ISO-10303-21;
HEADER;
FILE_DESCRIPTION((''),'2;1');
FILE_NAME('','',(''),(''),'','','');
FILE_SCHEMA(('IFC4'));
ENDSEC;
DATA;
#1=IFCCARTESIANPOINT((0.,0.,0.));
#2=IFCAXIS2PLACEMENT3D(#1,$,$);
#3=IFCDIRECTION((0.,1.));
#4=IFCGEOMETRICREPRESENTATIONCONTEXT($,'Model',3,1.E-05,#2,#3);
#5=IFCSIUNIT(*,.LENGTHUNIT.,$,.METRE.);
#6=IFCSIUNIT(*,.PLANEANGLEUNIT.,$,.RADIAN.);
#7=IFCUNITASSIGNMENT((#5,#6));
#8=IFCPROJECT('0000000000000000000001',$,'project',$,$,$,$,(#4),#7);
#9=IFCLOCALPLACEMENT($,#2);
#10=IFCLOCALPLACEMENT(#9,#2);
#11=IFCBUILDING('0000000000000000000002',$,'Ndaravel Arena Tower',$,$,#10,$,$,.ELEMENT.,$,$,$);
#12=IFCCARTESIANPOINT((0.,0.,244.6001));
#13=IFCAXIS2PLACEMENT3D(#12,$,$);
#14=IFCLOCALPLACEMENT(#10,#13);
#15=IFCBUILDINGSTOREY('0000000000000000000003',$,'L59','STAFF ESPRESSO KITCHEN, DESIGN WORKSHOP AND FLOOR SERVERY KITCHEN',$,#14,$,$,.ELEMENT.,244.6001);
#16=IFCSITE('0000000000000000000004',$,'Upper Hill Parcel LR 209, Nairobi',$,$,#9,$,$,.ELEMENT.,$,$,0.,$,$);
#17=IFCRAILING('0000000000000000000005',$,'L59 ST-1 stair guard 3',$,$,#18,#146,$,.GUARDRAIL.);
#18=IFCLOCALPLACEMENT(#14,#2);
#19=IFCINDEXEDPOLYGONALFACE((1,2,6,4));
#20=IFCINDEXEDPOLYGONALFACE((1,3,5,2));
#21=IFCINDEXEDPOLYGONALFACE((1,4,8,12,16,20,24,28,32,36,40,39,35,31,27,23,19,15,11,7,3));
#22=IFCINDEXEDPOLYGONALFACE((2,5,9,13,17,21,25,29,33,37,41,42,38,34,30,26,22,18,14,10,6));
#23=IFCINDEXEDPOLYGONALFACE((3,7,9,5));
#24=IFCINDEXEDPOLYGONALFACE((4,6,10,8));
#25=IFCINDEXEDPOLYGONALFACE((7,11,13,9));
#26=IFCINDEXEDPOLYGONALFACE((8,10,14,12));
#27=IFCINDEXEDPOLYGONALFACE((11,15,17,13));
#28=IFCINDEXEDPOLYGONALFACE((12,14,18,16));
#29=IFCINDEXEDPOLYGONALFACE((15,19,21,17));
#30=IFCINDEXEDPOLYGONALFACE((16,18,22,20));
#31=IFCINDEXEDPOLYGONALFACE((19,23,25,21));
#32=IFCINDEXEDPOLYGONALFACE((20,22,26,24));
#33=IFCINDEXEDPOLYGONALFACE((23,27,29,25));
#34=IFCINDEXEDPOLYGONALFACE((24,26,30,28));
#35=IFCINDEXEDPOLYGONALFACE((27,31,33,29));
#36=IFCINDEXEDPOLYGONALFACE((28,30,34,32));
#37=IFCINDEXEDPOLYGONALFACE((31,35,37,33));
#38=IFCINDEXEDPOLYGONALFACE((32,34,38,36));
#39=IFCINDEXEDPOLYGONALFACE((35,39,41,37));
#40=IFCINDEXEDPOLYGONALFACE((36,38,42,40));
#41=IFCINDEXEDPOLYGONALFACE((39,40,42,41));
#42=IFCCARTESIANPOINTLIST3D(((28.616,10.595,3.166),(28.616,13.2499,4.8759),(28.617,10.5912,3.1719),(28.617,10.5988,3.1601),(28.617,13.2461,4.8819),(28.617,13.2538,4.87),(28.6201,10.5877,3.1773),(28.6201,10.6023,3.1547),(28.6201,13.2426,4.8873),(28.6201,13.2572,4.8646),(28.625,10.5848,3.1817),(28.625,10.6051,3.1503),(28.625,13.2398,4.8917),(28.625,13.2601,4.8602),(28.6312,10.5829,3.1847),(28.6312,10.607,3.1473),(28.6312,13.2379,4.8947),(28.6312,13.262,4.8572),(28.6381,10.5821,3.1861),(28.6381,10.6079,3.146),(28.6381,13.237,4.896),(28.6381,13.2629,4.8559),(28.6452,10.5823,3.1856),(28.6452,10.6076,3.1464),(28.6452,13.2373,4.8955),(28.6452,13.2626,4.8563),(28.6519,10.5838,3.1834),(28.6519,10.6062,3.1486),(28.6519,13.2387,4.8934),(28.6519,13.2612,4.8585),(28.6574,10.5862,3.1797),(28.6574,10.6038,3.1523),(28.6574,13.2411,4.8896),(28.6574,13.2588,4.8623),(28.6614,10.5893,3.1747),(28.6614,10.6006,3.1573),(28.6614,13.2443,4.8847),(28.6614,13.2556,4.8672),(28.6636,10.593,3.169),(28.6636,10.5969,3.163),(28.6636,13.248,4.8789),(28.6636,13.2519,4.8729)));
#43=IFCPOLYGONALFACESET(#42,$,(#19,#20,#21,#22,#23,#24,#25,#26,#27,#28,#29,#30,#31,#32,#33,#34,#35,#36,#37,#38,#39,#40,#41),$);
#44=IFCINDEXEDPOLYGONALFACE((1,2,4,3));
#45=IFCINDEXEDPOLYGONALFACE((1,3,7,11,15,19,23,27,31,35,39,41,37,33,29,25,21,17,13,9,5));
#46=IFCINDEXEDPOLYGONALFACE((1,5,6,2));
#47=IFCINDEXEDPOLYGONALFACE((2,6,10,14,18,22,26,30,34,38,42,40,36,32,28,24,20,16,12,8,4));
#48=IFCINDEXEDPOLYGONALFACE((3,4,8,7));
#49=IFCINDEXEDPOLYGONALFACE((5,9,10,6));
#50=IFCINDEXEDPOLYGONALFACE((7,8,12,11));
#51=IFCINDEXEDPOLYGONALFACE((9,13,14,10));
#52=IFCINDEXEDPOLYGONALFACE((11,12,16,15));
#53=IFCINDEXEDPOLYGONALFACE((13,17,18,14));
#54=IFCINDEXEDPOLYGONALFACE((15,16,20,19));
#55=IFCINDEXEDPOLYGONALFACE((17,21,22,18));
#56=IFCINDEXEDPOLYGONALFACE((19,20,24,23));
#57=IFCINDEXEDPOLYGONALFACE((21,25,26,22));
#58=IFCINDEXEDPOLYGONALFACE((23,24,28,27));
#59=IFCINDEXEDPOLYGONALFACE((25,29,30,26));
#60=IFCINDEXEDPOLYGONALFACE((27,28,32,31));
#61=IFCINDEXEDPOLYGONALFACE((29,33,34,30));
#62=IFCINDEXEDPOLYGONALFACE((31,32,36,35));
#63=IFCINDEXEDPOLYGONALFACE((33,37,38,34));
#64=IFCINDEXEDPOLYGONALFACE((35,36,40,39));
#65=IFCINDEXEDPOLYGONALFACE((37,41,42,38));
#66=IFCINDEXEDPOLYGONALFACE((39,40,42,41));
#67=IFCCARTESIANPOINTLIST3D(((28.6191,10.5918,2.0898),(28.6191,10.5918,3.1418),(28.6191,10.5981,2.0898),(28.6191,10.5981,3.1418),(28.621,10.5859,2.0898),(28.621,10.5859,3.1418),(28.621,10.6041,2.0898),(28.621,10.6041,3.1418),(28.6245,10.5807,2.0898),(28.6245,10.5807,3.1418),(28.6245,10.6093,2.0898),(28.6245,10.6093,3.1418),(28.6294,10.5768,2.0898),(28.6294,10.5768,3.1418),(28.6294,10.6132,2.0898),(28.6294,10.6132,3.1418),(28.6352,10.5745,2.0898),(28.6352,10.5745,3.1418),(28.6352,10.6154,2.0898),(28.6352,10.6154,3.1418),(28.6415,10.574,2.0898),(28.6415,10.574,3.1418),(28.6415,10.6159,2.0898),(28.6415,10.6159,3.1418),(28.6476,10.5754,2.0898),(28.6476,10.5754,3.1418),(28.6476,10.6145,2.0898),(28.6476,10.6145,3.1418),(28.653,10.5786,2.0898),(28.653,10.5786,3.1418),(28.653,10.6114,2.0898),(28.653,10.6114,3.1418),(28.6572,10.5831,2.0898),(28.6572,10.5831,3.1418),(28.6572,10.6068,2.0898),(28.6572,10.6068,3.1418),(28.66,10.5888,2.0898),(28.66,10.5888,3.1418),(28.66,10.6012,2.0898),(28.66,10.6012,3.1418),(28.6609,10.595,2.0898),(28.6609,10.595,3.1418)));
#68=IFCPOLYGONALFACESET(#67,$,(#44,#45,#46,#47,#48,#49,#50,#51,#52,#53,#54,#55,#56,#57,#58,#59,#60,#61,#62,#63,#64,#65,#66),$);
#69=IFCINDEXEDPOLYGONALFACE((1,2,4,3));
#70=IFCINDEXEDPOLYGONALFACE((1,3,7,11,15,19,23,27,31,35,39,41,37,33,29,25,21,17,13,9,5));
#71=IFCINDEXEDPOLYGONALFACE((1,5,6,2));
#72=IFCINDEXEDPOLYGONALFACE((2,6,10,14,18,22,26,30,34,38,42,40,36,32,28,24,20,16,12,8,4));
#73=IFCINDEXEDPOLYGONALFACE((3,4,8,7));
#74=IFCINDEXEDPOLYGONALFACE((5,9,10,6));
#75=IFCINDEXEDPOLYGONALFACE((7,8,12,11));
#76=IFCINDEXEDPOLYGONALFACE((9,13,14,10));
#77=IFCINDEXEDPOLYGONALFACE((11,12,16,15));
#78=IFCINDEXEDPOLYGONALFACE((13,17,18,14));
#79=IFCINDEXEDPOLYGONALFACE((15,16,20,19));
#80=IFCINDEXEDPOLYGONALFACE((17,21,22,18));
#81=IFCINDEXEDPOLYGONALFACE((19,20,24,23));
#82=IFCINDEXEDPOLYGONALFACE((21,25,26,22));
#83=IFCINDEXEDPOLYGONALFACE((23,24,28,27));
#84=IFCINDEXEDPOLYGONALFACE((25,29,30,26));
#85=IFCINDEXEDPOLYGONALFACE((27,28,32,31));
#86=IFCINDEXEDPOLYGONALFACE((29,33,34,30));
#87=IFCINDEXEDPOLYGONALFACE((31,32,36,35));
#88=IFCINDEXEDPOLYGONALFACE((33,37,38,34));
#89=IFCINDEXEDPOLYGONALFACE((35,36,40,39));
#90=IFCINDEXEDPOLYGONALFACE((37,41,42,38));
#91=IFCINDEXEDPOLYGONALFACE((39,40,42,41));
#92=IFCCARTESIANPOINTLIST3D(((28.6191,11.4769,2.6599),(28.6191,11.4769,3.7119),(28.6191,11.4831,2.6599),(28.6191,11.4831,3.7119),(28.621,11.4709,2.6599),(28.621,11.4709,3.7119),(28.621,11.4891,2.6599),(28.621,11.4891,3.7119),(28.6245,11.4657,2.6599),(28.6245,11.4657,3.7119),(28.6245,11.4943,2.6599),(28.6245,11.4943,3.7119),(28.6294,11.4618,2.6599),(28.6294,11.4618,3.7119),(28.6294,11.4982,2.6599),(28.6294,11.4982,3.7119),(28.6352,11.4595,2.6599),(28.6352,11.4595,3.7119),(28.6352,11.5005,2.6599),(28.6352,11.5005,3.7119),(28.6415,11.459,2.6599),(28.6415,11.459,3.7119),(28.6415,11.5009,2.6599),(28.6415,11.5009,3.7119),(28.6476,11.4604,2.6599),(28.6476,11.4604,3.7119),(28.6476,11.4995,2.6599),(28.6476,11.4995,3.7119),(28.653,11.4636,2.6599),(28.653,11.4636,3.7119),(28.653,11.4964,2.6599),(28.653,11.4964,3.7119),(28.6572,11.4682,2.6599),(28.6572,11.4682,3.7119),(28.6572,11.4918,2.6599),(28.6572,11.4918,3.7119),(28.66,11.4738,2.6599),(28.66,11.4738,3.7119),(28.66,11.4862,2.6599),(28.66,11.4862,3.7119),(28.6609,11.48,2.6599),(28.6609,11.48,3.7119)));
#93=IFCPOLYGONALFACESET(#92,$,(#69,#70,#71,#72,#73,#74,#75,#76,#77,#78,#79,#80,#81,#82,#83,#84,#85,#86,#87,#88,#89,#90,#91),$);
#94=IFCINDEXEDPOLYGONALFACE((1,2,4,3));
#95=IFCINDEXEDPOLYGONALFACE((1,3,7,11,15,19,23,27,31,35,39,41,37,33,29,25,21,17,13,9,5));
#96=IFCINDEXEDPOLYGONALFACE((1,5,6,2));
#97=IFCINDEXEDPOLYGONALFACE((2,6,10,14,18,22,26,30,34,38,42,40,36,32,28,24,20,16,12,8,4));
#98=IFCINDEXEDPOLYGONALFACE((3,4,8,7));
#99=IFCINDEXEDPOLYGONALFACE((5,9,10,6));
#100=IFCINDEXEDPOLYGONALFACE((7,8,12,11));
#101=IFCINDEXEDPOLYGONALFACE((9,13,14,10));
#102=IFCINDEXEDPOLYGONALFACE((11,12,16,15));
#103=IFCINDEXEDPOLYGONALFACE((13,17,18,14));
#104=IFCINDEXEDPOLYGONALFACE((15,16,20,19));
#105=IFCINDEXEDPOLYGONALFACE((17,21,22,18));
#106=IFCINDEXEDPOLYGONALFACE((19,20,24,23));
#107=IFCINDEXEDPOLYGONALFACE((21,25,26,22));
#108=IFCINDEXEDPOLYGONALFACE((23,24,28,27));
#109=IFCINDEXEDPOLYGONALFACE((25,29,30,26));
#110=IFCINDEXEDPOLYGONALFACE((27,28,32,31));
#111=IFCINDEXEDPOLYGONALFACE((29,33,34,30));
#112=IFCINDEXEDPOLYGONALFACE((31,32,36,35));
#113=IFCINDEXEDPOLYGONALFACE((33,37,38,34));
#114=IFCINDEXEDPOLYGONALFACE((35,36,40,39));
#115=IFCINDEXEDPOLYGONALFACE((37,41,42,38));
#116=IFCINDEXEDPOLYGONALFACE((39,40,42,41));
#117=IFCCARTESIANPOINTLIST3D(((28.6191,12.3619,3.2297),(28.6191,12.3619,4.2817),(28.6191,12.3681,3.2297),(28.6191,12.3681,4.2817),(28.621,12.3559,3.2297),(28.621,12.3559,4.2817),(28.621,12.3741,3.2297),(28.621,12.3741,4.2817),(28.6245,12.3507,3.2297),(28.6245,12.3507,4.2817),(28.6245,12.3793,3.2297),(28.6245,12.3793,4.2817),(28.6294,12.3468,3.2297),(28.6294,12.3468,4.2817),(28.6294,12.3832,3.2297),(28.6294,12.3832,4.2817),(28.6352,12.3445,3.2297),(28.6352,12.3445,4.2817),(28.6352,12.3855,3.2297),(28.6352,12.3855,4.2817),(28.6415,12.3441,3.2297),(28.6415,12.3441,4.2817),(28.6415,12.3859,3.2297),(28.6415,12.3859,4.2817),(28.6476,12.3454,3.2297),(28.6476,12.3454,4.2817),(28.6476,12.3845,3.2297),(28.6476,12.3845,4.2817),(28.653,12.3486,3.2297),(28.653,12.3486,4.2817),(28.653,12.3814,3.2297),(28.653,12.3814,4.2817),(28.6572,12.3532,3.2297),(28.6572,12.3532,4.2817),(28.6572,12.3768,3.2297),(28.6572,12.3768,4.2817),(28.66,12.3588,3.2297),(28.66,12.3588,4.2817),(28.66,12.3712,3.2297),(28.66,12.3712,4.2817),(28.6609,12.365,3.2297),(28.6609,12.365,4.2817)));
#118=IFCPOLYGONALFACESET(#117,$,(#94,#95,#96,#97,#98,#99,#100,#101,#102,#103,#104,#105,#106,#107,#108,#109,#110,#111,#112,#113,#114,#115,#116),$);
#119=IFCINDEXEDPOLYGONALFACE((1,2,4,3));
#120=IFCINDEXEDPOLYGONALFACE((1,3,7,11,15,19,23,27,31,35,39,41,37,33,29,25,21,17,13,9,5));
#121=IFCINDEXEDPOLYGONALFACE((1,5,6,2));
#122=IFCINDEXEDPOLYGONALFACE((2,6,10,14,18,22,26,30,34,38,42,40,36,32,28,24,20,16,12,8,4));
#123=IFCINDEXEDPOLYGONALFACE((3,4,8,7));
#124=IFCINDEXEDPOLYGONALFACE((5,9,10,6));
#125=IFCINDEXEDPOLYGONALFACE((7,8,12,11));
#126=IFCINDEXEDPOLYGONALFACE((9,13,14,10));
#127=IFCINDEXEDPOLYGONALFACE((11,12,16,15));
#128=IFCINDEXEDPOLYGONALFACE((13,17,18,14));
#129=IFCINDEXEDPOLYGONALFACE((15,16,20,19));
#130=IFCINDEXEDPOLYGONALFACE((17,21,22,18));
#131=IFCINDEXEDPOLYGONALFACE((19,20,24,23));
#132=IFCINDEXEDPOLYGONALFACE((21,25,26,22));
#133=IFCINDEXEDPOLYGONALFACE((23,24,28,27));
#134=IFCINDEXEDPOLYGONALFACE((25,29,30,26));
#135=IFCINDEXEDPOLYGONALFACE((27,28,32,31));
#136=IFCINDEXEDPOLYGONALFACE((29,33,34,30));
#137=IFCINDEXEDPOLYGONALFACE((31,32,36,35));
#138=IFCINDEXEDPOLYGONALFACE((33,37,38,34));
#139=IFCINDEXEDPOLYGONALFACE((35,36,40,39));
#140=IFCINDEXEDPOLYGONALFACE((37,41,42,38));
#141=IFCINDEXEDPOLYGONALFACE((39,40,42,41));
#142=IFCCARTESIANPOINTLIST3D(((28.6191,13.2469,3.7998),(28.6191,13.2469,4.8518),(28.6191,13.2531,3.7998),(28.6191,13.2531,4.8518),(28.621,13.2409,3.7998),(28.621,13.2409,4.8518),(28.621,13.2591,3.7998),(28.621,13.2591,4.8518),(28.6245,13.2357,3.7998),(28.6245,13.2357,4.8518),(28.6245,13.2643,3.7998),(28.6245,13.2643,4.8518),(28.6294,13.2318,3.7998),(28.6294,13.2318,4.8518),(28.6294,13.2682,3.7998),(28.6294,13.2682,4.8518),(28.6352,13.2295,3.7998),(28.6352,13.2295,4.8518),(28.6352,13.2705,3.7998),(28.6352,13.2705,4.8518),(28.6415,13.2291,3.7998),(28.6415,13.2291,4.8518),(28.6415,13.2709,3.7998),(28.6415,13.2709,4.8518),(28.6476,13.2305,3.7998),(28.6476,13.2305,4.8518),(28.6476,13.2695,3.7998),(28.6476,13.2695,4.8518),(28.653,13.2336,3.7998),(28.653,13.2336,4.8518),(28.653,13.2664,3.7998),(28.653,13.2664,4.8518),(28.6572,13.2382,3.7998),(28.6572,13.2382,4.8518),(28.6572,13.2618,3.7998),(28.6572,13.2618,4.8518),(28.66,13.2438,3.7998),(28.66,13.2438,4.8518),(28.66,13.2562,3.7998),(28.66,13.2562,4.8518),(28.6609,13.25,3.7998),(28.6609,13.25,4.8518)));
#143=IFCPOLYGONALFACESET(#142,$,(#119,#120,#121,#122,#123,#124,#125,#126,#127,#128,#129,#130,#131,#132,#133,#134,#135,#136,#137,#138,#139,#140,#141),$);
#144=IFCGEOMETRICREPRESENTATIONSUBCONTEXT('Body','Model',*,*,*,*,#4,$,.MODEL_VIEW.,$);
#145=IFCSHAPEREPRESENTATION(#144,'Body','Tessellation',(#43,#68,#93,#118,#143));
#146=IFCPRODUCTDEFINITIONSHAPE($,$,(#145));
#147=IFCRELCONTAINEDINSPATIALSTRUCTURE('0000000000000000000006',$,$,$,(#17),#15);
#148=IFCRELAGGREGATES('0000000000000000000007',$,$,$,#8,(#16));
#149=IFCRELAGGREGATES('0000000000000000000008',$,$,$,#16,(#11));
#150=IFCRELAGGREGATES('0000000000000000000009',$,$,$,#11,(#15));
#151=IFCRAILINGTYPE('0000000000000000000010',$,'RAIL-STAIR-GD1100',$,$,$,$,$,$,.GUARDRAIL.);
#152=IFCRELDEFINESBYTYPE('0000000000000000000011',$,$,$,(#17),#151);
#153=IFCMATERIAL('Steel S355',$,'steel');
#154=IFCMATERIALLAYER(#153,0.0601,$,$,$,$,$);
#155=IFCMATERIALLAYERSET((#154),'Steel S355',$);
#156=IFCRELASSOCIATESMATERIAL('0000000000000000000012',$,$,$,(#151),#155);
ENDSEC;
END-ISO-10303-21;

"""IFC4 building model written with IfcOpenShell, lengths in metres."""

from ifc_helpers import new_model, si_unit, direction, frame, origin, origin_2d, place, context, subcontext, project, spatial, circle, extrude, material, layer, layer_set, type_object, element, save


model = new_model("IFC4")

# Units and contexts
model_context = context("Model", 3, precision=1e-05, world=origin(), true_north=direction((0.0, 1.0)))
body_context = subcontext(model_context, "Body", "Model", "MODEL_VIEW")
ifc_project = project(units=[si_unit("LENGTHUNIT", "METRE"), si_unit("PLANEANGLEUNIT", "RADIAN")], contexts=[model_context])

# Site, building, storey
site_placement = place(None, origin())
site = spatial("IfcSite", under=ifc_project, at=site_placement, Name="Upper Hill Parcel LR 209, Nairobi", CompositionType="ELEMENT", RefElevation=0.0)
building_placement = place(site_placement, origin())
building = spatial("IfcBuilding", under=site, at=building_placement, Name="Ndaravel Arena Tower", CompositionType="ELEMENT")
storey_placement = place(building_placement, frame((0.0, 0.0, 244.6001)))
storey = spatial("IfcBuildingStorey", under=building, at=storey_placement, Name="L59", Description="STAFF ESPRESSO KITCHEN, DESIGN WORKSHOP AND FLOOR SERVERY KITCHEN", CompositionType="ELEMENT", Elevation=244.6001)

# Railing
ifc_material_1 = material(Name="Steel S355", Category="steel")
ifc_layer_1 = layer(ifc_material_1, 0.0601)
ifc_layer_set_1 = layer_set([ifc_layer_1], Name="Steel S355")
railing_type_1 = type_object("IfcRailingType", Name="RAIL-STAIR-GD1100", PredefinedType="GUARDRAIL", material=ifc_layer_set_1)
railing_1_placement = place(storey_placement, frame((28.6399, 10.595, 2.0898)))
element("IfcRailing", 1, at=railing_1_placement, inside=storey, type_object=railing_type_1, Name="L59 ST-1 stair guard 3", PredefinedType="GUARDRAIL", context=body_context, shape_type="SweptSolid", body=[
    extrude(circle(Radius=0.0239, at=origin_2d()), frame((0.0, 0.0, 1.0762), z_axis=(0.0, 0.840724, 0.541465), x_axis=(-1.0, 0.0, 0.0)), (0.0, 0.0, 1.0), 3.158),
    extrude(circle(Radius=0.021, at=origin_2d()), origin(), (0.0, 0.0, 1.0), 1.052),
    extrude(circle(Radius=0.021, at=origin_2d()), frame((0.0, 0.885, 0.5701)), (0.0, 0.0, 1.0), 1.052),
    extrude(circle(Radius=0.021, at=origin_2d()), frame((0.0, 1.77, 1.1399)), (0.0, 0.0, 1.0), 1.052),
    extrude(circle(Radius=0.021, at=origin_2d()), frame((0.0, 2.655, 1.71)), (0.0, 0.0, 1.0), 1.052),
])

save(model, "model.ifc")
